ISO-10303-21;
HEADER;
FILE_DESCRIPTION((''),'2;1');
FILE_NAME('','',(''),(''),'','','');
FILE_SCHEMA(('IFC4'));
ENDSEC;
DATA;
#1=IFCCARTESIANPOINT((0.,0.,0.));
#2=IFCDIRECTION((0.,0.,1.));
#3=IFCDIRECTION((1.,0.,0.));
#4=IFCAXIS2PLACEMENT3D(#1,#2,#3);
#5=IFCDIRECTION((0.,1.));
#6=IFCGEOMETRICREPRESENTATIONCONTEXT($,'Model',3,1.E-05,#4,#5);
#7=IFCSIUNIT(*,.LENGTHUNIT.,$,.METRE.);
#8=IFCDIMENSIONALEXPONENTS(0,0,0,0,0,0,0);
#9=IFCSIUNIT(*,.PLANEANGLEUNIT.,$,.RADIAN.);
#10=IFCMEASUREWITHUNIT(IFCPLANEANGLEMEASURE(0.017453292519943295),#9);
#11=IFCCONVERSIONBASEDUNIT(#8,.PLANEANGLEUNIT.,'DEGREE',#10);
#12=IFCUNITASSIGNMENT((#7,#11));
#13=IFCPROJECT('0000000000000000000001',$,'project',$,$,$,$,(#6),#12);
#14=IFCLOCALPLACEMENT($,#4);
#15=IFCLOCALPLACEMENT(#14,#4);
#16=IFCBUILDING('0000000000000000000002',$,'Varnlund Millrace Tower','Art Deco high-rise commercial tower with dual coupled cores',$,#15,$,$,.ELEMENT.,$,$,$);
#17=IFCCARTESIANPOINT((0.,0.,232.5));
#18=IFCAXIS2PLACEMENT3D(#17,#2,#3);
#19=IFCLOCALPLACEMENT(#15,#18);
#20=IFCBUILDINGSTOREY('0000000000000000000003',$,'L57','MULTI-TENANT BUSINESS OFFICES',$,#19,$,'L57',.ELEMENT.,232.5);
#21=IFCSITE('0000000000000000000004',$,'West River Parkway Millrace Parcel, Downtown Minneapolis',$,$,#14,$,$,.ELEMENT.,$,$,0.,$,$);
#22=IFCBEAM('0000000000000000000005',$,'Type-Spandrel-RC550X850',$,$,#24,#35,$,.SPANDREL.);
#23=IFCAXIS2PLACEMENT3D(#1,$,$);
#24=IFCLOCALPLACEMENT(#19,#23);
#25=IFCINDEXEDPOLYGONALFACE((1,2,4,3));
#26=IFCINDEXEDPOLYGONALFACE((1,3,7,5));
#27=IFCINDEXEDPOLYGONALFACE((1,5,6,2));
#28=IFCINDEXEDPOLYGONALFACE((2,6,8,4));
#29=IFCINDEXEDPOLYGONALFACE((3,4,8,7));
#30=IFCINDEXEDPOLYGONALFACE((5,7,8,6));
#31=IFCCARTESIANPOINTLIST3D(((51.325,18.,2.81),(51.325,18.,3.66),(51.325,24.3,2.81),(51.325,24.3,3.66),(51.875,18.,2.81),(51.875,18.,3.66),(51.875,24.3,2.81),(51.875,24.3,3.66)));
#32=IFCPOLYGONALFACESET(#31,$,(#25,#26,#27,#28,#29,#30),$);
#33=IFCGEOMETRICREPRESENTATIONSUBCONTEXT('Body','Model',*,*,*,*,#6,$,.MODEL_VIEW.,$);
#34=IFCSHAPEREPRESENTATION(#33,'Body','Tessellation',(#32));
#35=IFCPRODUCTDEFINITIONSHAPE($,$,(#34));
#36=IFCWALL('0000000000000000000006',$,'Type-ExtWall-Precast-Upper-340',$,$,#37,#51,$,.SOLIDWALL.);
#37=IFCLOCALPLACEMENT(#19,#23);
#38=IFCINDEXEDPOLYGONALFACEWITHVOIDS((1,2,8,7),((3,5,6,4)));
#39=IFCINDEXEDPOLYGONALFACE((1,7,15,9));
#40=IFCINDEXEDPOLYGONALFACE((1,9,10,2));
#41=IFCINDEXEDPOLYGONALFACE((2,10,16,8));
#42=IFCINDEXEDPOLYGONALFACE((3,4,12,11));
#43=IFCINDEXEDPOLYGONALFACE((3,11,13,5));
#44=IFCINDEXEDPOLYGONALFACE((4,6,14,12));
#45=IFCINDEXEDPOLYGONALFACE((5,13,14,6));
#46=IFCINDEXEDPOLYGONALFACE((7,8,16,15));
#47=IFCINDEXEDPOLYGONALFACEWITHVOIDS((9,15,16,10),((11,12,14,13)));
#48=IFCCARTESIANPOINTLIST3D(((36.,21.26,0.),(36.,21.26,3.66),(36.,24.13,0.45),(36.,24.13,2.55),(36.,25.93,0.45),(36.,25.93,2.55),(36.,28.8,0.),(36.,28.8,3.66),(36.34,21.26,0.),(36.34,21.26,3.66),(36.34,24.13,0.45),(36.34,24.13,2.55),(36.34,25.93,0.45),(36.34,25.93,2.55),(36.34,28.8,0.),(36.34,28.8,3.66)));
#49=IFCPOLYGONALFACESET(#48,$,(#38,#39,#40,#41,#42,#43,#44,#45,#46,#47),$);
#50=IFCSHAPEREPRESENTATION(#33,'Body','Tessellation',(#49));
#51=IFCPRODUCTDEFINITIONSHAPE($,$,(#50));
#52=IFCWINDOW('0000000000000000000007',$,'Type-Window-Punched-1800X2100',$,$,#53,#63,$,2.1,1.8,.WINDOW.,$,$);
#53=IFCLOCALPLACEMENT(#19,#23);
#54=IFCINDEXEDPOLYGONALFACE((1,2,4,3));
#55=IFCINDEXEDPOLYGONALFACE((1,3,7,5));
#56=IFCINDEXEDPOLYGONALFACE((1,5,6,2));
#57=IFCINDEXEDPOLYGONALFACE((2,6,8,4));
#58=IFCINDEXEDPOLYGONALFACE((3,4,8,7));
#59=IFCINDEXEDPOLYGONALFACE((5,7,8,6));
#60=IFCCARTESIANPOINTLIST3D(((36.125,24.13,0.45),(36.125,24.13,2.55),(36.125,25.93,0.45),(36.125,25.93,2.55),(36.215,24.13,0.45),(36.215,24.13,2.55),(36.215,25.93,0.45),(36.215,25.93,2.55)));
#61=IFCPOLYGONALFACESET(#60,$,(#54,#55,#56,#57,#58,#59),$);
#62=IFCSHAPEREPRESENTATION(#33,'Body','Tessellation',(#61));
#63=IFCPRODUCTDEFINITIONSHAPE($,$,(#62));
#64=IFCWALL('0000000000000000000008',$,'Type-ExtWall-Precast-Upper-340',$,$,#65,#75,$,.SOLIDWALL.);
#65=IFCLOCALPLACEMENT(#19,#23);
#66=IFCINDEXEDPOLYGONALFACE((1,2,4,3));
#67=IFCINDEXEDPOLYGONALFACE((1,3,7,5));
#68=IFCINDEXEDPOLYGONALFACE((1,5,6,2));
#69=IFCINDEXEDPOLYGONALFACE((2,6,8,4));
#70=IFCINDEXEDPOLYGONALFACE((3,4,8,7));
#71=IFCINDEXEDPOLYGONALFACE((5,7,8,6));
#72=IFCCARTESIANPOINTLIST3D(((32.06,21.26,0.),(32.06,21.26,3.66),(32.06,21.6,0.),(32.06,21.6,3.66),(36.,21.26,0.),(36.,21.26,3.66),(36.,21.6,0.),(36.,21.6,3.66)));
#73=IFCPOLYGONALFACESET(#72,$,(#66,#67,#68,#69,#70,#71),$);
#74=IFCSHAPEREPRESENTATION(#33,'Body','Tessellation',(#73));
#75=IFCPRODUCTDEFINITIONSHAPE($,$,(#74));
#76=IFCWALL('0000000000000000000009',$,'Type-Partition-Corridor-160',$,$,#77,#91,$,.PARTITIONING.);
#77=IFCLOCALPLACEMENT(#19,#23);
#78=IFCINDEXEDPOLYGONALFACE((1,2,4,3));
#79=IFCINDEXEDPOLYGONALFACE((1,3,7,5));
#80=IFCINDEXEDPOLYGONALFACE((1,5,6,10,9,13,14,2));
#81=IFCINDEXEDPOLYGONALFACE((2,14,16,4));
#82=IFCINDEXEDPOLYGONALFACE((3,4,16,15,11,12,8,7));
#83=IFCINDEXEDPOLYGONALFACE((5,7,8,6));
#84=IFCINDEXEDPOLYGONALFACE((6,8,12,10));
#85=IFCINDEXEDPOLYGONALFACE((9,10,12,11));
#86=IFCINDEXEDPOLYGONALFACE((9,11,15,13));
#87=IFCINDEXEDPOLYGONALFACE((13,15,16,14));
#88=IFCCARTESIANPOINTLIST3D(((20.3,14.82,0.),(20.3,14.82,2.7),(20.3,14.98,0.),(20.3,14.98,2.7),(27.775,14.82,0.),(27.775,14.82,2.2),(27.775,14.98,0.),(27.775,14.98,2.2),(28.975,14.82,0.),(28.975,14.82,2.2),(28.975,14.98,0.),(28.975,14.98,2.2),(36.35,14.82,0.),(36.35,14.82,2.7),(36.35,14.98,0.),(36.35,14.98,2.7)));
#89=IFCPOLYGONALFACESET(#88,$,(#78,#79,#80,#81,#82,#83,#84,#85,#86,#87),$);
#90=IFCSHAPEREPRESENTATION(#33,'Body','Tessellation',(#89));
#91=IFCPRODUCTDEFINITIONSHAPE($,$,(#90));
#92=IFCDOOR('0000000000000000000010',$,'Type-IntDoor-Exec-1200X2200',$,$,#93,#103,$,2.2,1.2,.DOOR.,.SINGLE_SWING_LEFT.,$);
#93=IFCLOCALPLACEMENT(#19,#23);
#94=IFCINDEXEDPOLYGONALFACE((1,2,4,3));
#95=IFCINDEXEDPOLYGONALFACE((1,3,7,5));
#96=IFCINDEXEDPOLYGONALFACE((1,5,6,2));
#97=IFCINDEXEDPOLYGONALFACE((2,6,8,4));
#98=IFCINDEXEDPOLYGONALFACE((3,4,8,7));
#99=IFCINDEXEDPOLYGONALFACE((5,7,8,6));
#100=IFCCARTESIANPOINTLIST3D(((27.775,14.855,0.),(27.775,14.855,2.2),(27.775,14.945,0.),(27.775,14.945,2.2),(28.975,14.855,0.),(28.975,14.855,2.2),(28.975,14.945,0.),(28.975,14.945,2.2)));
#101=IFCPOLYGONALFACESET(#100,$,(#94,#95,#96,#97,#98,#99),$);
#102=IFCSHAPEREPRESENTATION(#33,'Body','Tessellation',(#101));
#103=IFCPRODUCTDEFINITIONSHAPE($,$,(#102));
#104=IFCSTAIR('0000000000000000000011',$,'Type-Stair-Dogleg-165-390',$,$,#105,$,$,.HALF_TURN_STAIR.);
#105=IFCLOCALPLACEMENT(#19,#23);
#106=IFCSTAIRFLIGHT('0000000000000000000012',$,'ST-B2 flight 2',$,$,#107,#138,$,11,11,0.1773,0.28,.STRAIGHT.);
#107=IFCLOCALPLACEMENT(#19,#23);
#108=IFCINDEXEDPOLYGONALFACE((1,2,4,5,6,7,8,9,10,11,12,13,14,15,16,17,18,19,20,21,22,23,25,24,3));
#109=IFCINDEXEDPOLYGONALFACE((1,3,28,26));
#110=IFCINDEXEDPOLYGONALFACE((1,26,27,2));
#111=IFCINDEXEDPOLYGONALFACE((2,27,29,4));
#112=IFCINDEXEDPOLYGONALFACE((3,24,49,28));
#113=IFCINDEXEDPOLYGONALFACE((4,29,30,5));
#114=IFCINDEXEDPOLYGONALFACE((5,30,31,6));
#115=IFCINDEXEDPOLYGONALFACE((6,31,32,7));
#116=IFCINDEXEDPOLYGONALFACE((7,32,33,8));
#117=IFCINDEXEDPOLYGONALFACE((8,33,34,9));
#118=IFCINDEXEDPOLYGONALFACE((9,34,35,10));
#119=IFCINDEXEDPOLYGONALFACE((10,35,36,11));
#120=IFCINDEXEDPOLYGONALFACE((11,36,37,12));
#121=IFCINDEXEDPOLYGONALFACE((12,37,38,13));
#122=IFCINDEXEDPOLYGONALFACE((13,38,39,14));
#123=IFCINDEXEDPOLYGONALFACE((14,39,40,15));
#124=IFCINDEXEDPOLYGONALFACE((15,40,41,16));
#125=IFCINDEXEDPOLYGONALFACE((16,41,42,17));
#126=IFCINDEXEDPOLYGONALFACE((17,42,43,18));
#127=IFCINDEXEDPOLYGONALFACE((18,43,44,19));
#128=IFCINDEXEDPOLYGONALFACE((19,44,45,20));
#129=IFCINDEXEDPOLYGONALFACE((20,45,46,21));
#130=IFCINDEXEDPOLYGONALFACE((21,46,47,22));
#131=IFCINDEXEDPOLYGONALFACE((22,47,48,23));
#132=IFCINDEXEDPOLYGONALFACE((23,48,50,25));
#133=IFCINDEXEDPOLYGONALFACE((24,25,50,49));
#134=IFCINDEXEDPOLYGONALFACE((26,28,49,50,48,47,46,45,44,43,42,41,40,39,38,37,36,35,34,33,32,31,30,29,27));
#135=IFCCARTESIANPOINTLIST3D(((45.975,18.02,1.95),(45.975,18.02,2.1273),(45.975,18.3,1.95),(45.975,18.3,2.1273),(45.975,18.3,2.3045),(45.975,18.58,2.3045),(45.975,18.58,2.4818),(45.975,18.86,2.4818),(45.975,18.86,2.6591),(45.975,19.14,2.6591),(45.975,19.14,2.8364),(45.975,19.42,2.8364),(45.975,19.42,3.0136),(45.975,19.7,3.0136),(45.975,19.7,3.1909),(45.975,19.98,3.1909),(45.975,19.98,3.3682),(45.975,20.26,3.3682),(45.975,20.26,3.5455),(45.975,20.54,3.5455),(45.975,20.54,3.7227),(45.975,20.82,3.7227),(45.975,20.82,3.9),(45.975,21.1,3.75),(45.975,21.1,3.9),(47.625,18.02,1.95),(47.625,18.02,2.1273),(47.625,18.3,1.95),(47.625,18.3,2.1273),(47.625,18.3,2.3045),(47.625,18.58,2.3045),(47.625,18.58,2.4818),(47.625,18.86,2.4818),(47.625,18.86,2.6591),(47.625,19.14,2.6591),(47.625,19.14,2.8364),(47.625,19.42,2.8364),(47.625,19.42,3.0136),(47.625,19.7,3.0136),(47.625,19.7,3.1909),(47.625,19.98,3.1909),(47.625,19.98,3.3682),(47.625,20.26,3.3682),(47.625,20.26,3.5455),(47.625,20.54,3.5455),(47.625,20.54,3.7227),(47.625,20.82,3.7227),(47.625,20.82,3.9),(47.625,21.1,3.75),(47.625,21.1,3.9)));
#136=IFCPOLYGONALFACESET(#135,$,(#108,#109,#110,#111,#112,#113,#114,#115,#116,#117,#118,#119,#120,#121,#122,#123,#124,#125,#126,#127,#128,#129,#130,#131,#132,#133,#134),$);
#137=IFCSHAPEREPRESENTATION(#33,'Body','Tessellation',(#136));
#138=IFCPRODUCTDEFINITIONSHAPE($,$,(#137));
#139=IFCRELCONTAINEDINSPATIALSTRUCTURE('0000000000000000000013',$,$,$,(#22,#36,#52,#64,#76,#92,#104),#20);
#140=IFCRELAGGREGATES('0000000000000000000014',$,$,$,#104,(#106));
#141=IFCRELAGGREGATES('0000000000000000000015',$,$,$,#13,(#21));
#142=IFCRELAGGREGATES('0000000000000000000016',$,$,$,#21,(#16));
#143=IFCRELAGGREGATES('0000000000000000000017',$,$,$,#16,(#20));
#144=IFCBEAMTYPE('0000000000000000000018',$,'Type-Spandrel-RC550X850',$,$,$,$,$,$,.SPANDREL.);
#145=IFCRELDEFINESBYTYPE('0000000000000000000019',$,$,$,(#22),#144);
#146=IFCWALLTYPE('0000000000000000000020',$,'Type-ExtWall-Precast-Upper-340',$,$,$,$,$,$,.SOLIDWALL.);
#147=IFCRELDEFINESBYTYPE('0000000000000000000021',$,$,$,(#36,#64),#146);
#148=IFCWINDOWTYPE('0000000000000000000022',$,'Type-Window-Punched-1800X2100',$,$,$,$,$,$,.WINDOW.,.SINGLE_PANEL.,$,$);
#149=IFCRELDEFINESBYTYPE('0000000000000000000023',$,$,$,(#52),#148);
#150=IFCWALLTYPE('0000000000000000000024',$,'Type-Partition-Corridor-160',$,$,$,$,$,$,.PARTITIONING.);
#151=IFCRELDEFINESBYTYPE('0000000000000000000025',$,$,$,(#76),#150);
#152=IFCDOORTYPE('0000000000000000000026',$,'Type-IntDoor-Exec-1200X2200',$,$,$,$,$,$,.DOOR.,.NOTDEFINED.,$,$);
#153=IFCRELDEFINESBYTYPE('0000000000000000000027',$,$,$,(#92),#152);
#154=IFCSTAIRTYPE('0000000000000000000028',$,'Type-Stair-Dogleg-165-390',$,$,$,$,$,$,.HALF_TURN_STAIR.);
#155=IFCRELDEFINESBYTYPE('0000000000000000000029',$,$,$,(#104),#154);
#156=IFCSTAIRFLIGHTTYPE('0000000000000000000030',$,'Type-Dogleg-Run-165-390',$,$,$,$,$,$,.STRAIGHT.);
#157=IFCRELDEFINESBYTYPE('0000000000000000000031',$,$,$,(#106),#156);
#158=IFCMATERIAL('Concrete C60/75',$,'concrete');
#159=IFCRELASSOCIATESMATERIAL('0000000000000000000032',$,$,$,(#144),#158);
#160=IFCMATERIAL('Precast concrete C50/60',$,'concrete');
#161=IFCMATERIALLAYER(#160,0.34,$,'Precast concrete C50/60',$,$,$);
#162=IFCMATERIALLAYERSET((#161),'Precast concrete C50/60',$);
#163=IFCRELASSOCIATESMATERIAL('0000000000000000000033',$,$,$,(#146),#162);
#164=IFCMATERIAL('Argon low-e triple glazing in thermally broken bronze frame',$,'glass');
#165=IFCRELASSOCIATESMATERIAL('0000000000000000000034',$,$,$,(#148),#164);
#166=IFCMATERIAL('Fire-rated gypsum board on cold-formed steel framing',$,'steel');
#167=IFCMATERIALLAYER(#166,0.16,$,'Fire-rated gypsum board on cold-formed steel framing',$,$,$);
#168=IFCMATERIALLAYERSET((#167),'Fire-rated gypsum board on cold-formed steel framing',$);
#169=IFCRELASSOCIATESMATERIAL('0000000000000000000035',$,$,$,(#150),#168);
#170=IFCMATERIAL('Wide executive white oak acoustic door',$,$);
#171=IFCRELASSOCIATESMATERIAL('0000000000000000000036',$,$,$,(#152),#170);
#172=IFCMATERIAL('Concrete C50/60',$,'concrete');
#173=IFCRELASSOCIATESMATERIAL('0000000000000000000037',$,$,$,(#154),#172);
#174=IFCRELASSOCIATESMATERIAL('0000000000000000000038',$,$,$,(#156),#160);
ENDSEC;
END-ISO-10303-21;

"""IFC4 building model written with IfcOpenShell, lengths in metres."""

from ifc_helpers import new_model, entity, si_unit, converted_unit, direction, frame, origin_with_axes, origin_2d_with_axis, place, context, subcontext, project, spatial, polyline, rectangle, outline, extrude, material, layer, layer_set, material_profile, profile_set, type_object, element, fill, aggregate, save


model = new_model("IFC4")

# Units and contexts
model_context = context("Model", 3, precision=1e-05, world=origin_with_axes(), true_north=direction((0.0, 1.0)))
body_context = subcontext(model_context, "Body", "Model", "MODEL_VIEW")
ifc_project = project(units=[si_unit("LENGTHUNIT", "METRE"), converted_unit("PLANEANGLEUNIT", "DEGREE", entity("IfcPlaneAngleMeasure", 0.017453292519943295), si_unit("PLANEANGLEUNIT", "RADIAN"), dimensions=[0, 0, 0, 0, 0, 0, 0])], contexts=[model_context])

# Site, building, storey
site_placement = place(None, origin_with_axes())
site = spatial("IfcSite", under=ifc_project, at=site_placement, Name="West River Parkway Millrace Parcel, Downtown Minneapolis", CompositionType="ELEMENT", RefElevation=0.0)
building_placement = place(site_placement, origin_with_axes())
building = spatial("IfcBuilding", under=site, at=building_placement, Name="Varnlund Millrace Tower", Description="Art Deco high-rise commercial tower with dual coupled cores", CompositionType="ELEMENT")
storey_placement = place(building_placement, frame((0.0, 0.0, 232.5), z_axis=(0.0, 0.0, 1.0), x_axis=(1.0, 0.0, 0.0)))
storey = spatial("IfcBuildingStorey", under=building, at=storey_placement, Name="L57", Description="MULTI-TENANT BUSINESS OFFICES", LongName="L57", CompositionType="ELEMENT", Elevation=232.5)

# Beam
ifc_material_1 = material(Name="Concrete C60/75", Category="concrete")
ifc_material_profile_1 = material_profile(ifc_material_1, rectangle(XDim=0.55, YDim=0.85, at=origin_2d_with_axis()), Name="Concrete C60/75")
ifc_profile_set_1 = profile_set([ifc_material_profile_1], Name="Concrete C60/75")
beam_type_1 = type_object("IfcBeamType", Name="Type-Spandrel-RC550X850", PredefinedType="SPANDREL", material=ifc_profile_set_1)
beam_1_placement = place(storey_placement, frame((51.6, 18.0, 3.235), z_axis=(0.0, 1.0, 0.0), x_axis=(-1.0, 0.0, 0.0)))
element("IfcBeam", 1, at=beam_1_placement, inside=storey, type_object=beam_type_1, Name="Type-Spandrel-RC550X850", PredefinedType="SPANDREL", context=body_context, shape_type="SweptSolid", body=[
    extrude(rectangle(XDim=0.55, YDim=0.85, at=origin_2d_with_axis()), origin_with_axes(), (0.0, 0.0, 1.0), 6.3),
])

# Wall, opening, window
ifc_material_2 = material(Name="Precast concrete C50/60", Category="concrete")
ifc_layer_1 = layer(ifc_material_2, 0.34, Name="Precast concrete C50/60")
ifc_layer_set_1 = layer_set([ifc_layer_1], Name="Precast concrete C50/60")
wall_type_1 = type_object("IfcWallType", Name="Type-ExtWall-Precast-Upper-340", PredefinedType="SOLIDWALL", material=ifc_layer_set_1)
wall_1_placement = place(storey_placement, frame((36.17, 21.26, 0.0), z_axis=(0.0, 0.0, 1.0), x_axis=(0.0, 1.0, 0.0)))
wall_1 = element("IfcWall", 2, at=wall_1_placement, inside=storey, type_object=wall_type_1, Name="Type-ExtWall-Precast-Upper-340", PredefinedType="SOLIDWALL", context=body_context, shape_type="SweptSolid", body=[
    extrude(outline(polyline([(0.0, -0.17), (7.54, -0.17), (7.54, 0.17), (0.0, 0.17), (0.0, -0.17)])), origin_with_axes(), (0.0, 0.0, 1.0), 3.66),
])
opening_1_placement = place(wall_1_placement, frame((3.77, 0.0, 0.45), z_axis=(0.0, 0.0, 1.0), x_axis=(1.0, 0.0, 0.0)))
opening_1 = element("IfcOpeningElement", 3, at=opening_1_placement, cuts=wall_1, PredefinedType="OPENING", context=body_context, shape_type="SweptSolid", body=[
    extrude(rectangle(XDim=1.8, YDim=0.36, at=origin_2d_with_axis()), origin_with_axes(), (0.0, 0.0, 1.0), 2.1),
])
ifc_material_3 = material(Name="Argon low-e triple glazing in thermally broken bronze frame", Category="glass")
window_type = type_object("IfcWindowType", Name="Type-Window-Punched-1800X2100", PartitioningType="SINGLE_PANEL", PredefinedType="WINDOW", material=ifc_material_3)
window_placement = place(wall_1_placement, frame((3.77, 0.0, 0.45), z_axis=(0.0, 0.0, 1.0), x_axis=(1.0, 0.0, 0.0)))
window = element("IfcWindow", 4, at=window_placement, inside=storey, type_object=window_type, Name="Type-Window-Punched-1800X2100", OverallHeight=2.1, OverallWidth=1.8, PredefinedType="WINDOW", context=body_context, shape_type="SweptSolid", body=[
    extrude(rectangle(XDim=1.8, YDim=0.09, at=origin_2d_with_axis()), origin_with_axes(), (0.0, 0.0, 1.0), 2.1),
])
fill(opening_1, window)

# Wall
wall_2_placement = place(storey_placement, frame((32.06, 21.43, 0.0), z_axis=(0.0, 0.0, 1.0), x_axis=(1.0, 0.0, 0.0)))
element("IfcWall", 5, at=wall_2_placement, inside=storey, type_object=wall_type_1, Name="Type-ExtWall-Precast-Upper-340", PredefinedType="SOLIDWALL", context=body_context, shape_type="SweptSolid", body=[
    extrude(outline(polyline([(0.0, -0.17), (3.94, -0.17), (3.94, 0.17), (0.0, 0.17), (0.0, -0.17)])), origin_with_axes(), (0.0, 0.0, 1.0), 3.66),
])

# Wall, opening, door
ifc_material_4 = material(Name="Fire-rated gypsum board on cold-formed steel framing", Category="steel")
ifc_layer_2 = layer(ifc_material_4, 0.16, Name="Fire-rated gypsum board on cold-formed steel framing")
ifc_layer_set_2 = layer_set([ifc_layer_2], Name="Fire-rated gypsum board on cold-formed steel framing")
wall_type_2 = type_object("IfcWallType", Name="Type-Partition-Corridor-160", PredefinedType="PARTITIONING", material=ifc_layer_set_2)
wall_3_placement = place(storey_placement, frame((20.3, 14.9, 0.0), z_axis=(0.0, 0.0, 1.0), x_axis=(1.0, 0.0, 0.0)))
wall_3 = element("IfcWall", 6, at=wall_3_placement, inside=storey, type_object=wall_type_2, Name="Type-Partition-Corridor-160", PredefinedType="PARTITIONING", context=body_context, shape_type="SweptSolid", body=[
    extrude(outline(polyline([(0.0, -0.08), (16.05, -0.08), (16.05, 0.08), (0.0, 0.08), (0.0, -0.08)])), origin_with_axes(), (0.0, 0.0, 1.0), 2.7),
])
opening_2_placement = place(wall_3_placement, frame((8.075, 0.0, 0.0), z_axis=(0.0, 0.0, 1.0), x_axis=(1.0, 0.0, 0.0)))
opening_2 = element("IfcOpeningElement", 7, at=opening_2_placement, cuts=wall_3, PredefinedType="OPENING", context=body_context, shape_type="SweptSolid", body=[
    extrude(rectangle(XDim=1.2, YDim=0.18, at=origin_2d_with_axis()), origin_with_axes(), (0.0, 0.0, 1.0), 2.2),
])
ifc_material_5 = material(Name="Wide executive white oak acoustic door")
door_type = type_object("IfcDoorType", Name="Type-IntDoor-Exec-1200X2200", OperationType="NOTDEFINED", PredefinedType="DOOR", material=ifc_material_5)
door_placement = place(wall_3_placement, frame((8.075, 0.0, 0.0), z_axis=(0.0, 0.0, 1.0), x_axis=(1.0, 0.0, 0.0)))
door = element("IfcDoor", 8, at=door_placement, inside=storey, type_object=door_type, Name="Type-IntDoor-Exec-1200X2200", OperationType="SINGLE_SWING_LEFT", OverallHeight=2.2, OverallWidth=1.2, PredefinedType="DOOR", context=body_context, shape_type="SweptSolid", body=[
    extrude(rectangle(XDim=1.2, YDim=0.09, at=origin_2d_with_axis()), origin_with_axes(), (0.0, 0.0, 1.0), 2.2),
])
fill(opening_2, door)

# Stair, stair flight
ifc_material_6 = material(Name="Concrete C50/60", Category="concrete")
stair_type = type_object("IfcStairType", Name="Type-Stair-Dogleg-165-390", PredefinedType="HALF_TURN_STAIR", material=ifc_material_6)
stair_placement = place(storey_placement, origin_with_axes())
stair = element("IfcStair", 9, at=stair_placement, inside=storey, type_object=stair_type, Name="Type-Stair-Dogleg-165-390", PredefinedType="HALF_TURN_STAIR")
stair_flight_type = type_object("IfcStairFlightType", Name="Type-Dogleg-Run-165-390", PredefinedType="STRAIGHT", material=ifc_material_2)
stair_flight_placement = place(storey_placement, frame((45.975, 18.02, 1.95), z_axis=(1.0, 0.0, 0.0), x_axis=(0.0, 1.0, 0.0)))
stair_flight = element("IfcStairFlight", 10, at=stair_flight_placement, type_object=stair_flight_type, Name="ST-B2 flight 2", NumberOfRisers=11, NumberOfTreads=11, PredefinedType="STRAIGHT", RiserHeight=0.1773, TreadLength=0.28, context=body_context, shape_type="SweptSolid", body=[
    extrude(outline(polyline([(0.0, 0.0), (0.0, 0.1773), (0.28, 0.1773), (0.28, 0.3545), (0.56, 0.3545), (0.56, 0.5318), (0.84, 0.5318), (0.84, 0.7091), (1.12, 0.7091), (1.12, 0.8864), (1.4, 0.8864), (1.4, 1.0636), (1.68, 1.0636), (1.68, 1.2409), (1.96, 1.2409), (1.96, 1.4182), (2.24, 1.4182), (2.24, 1.5955), (2.52, 1.5955), (2.52, 1.7727), (2.8, 1.7727), (2.8, 1.95), (3.08, 1.95), (3.08, 1.8), (0.28, 0.0), (0.0, 0.0)])), origin_with_axes(), (0.0, 0.0, 1.0), 1.65),
])
aggregate(stair, [stair_flight])

save(model, "model.ifc")
